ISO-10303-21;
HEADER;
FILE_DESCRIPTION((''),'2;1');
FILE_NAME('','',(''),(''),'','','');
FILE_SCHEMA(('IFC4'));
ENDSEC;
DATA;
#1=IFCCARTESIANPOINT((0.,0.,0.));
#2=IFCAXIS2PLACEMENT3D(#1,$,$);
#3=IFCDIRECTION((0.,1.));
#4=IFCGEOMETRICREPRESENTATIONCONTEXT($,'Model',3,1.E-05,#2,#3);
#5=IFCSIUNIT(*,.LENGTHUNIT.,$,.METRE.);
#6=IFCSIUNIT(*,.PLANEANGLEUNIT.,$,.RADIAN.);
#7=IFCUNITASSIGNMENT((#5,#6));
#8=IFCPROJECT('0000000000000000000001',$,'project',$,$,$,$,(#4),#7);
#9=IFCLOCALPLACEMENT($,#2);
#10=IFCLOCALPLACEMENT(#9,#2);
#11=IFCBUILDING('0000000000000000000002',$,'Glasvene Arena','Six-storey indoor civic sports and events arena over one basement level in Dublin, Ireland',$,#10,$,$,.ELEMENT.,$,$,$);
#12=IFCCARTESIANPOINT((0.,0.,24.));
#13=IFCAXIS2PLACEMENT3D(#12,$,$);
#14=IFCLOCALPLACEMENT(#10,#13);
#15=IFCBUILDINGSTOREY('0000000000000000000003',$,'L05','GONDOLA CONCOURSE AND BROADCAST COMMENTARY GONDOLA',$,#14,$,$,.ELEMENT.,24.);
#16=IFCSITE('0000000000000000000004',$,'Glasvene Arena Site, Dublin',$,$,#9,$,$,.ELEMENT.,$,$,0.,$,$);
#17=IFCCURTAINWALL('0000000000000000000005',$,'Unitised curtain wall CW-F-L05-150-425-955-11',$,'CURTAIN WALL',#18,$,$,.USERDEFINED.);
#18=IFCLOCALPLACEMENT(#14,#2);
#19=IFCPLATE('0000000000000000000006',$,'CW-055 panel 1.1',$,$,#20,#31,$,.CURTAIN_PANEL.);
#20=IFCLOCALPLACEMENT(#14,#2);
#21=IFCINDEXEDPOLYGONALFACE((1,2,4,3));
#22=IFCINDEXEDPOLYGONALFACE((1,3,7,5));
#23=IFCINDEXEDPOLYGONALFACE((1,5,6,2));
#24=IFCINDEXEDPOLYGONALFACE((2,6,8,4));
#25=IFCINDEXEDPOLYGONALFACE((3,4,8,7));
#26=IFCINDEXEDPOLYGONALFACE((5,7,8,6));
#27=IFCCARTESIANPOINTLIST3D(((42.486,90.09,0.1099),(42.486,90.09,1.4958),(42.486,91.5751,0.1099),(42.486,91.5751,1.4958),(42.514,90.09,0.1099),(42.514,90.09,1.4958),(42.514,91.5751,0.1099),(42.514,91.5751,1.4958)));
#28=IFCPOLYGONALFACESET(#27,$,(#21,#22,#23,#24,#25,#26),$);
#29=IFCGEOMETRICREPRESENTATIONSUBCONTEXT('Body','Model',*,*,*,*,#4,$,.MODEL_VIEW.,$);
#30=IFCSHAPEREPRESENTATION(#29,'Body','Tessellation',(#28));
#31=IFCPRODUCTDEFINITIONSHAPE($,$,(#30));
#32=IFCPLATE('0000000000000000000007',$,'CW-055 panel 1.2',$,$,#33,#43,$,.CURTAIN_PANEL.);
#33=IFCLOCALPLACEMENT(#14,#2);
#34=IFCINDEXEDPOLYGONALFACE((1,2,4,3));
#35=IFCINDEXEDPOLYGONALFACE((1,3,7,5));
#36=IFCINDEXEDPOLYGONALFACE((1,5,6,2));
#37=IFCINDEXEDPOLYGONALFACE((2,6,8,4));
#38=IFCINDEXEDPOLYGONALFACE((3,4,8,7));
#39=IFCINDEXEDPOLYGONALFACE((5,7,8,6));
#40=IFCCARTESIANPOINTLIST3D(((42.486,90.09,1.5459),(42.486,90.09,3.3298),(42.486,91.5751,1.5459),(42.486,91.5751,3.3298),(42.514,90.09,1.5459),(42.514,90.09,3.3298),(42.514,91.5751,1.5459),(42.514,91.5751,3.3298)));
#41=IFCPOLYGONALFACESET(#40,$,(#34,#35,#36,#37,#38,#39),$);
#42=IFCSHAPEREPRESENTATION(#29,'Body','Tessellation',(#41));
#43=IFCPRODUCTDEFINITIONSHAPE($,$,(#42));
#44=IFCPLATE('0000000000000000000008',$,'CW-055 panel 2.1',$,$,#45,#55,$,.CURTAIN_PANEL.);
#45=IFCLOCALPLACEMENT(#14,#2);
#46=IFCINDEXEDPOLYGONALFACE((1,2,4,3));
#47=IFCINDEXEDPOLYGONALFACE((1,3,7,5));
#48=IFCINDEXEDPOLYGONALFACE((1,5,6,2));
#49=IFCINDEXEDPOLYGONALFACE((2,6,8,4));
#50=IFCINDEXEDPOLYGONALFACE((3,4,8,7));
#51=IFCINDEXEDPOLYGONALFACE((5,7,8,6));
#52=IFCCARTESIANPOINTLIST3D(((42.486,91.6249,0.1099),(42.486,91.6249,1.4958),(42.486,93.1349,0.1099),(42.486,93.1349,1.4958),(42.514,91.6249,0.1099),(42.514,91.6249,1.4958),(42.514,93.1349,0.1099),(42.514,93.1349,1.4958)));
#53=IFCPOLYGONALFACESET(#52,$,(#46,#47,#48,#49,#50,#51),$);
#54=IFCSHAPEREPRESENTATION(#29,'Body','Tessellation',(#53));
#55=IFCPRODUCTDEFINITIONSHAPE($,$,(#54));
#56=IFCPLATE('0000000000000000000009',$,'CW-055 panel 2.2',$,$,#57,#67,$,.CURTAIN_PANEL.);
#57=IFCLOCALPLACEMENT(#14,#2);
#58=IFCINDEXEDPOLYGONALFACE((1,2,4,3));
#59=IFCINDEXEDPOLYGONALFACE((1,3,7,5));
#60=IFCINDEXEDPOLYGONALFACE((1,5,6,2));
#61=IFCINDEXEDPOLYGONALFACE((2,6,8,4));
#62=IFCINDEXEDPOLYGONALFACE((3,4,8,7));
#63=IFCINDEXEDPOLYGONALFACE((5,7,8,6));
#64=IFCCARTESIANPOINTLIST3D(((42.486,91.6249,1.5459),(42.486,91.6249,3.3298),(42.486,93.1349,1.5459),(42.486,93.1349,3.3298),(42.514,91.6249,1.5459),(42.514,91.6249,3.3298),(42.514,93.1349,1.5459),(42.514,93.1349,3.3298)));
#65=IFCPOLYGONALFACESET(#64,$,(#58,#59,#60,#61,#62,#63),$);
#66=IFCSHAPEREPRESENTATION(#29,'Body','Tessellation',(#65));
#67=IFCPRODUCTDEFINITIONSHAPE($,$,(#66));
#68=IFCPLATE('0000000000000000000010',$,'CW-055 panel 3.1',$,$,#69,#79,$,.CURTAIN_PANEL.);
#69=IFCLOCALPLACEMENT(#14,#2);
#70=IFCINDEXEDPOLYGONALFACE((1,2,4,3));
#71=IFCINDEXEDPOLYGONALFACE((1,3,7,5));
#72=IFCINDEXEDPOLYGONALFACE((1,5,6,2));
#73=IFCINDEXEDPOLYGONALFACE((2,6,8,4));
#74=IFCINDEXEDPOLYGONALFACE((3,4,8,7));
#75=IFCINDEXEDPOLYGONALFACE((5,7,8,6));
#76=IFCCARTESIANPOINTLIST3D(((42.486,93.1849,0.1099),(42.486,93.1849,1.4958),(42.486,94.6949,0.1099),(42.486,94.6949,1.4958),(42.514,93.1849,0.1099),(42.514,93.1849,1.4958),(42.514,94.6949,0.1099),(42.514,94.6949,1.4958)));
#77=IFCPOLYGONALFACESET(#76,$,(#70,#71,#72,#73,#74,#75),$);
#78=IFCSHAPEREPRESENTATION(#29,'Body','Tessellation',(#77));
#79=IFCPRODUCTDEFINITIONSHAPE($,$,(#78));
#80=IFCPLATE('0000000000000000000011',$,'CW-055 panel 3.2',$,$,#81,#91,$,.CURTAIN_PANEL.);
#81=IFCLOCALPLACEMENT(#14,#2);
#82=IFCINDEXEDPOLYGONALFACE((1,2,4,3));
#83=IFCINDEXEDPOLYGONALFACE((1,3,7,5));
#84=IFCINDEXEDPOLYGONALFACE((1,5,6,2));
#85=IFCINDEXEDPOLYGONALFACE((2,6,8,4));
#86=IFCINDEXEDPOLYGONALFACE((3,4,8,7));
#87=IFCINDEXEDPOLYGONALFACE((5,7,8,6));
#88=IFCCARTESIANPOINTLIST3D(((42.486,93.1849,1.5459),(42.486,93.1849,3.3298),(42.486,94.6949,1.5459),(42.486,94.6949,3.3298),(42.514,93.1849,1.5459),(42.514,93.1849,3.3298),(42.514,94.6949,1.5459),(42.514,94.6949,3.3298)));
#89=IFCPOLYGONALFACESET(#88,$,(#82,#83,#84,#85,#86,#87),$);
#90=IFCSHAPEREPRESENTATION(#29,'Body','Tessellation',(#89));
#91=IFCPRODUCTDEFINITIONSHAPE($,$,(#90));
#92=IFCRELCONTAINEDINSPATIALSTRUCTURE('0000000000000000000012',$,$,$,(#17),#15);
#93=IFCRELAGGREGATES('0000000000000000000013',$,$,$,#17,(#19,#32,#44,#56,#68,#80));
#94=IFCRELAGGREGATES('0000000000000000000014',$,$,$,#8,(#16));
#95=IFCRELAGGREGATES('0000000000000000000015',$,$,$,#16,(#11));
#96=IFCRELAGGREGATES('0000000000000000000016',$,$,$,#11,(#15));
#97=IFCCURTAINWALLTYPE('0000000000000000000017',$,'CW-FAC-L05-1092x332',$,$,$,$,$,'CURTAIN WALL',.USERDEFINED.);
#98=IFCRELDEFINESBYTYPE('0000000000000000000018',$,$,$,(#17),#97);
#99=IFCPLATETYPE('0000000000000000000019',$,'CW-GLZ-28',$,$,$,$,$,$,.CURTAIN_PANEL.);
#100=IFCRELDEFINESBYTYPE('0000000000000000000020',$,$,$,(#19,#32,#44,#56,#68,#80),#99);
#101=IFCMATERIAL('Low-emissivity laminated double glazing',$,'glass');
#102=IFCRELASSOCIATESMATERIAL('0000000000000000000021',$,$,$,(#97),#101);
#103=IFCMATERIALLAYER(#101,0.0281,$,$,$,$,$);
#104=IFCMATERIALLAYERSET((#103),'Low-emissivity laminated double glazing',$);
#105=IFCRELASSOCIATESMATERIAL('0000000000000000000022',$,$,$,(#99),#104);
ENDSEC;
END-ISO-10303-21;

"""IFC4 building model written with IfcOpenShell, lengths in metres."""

from ifc_helpers import new_model, si_unit, direction, frame, origin, origin_2d, place, context, subcontext, project, spatial, rectangle, extrude, material, layer, layer_set, type_object, element, aggregate, save


model = new_model("IFC4")

# Units and contexts
model_context = context("Model", 3, precision=1e-05, world=origin(), true_north=direction((0.0, 1.0)))
body_context = subcontext(model_context, "Body", "Model", "MODEL_VIEW")
ifc_project = project(units=[si_unit("LENGTHUNIT", "METRE"), si_unit("PLANEANGLEUNIT", "RADIAN")], contexts=[model_context])

# Site, building, storey
site_placement = place(None, origin())
site = spatial("IfcSite", under=ifc_project, at=site_placement, Name="Glasvene Arena Site, Dublin", CompositionType="ELEMENT", RefElevation=0.0)
building_placement = place(site_placement, origin())
building = spatial("IfcBuilding", under=site, at=building_placement, Name="Glasvene Arena", Description="Six-storey indoor civic sports and events arena over one basement level in Dublin, Ireland", CompositionType="ELEMENT")
storey_placement = place(building_placement, frame((0.0, 0.0, 24.0)))
storey = spatial("IfcBuildingStorey", under=building, at=storey_placement, Name="L05", Description="GONDOLA CONCOURSE AND BROADCAST COMMENTARY GONDOLA", CompositionType="ELEMENT", Elevation=24.0)

# Curtain wall, plates
ifc_material_1 = material(Name="Low-emissivity laminated double glazing", Category="glass")
curtain_wall_type = type_object("IfcCurtainWallType", Name="CW-FAC-L05-1092x332", ElementType="CURTAIN WALL", PredefinedType="USERDEFINED", material=ifc_material_1)
curtain_wall_placement = place(storey_placement, frame((42.5, 90.04, 0.0)))
curtain_wall = element("IfcCurtainWall", 1, at=curtain_wall_placement, inside=storey, type_object=curtain_wall_type, Name="Unitised curtain wall CW-F-L05-150-425-955-11", ObjectType="CURTAIN WALL", PredefinedType="USERDEFINED")
ifc_layer_1 = layer(ifc_material_1, 0.0281)
ifc_layer_set_1 = layer_set([ifc_layer_1], Name="Low-emissivity laminated double glazing")
plate_type = type_object("IfcPlateType", Name="CW-GLZ-28", PredefinedType="CURTAIN_PANEL", material=ifc_layer_set_1)
plate_1_placement = place(storey_placement, frame((42.5, 90.8325, 0.1099), z_axis=(0.0, 0.0, 1.0), x_axis=(0.0, 1.0, 0.0)))
plate_1 = element("IfcPlate", 2, at=plate_1_placement, type_object=plate_type, Name="CW-055 panel 1.1", PredefinedType="CURTAIN_PANEL", context=body_context, shape_type="SweptSolid", body=[
    extrude(rectangle(XDim=1.4851, YDim=0.0281, at=origin_2d()), origin(), (0.0, 0.0, 1.0), 1.386),
])
plate_2_placement = place(storey_placement, frame((42.5, 90.8325, 1.5459), z_axis=(0.0, 0.0, 1.0), x_axis=(0.0, 1.0, 0.0)))
plate_2 = element("IfcPlate", 3, at=plate_2_placement, type_object=plate_type, Name="CW-055 panel 1.2", PredefinedType="CURTAIN_PANEL", context=body_context, shape_type="SweptSolid", body=[
    extrude(rectangle(XDim=1.4851, YDim=0.0281, at=origin_2d()), origin(), (0.0, 0.0, 1.0), 1.7839),
])
plate_3_placement = place(storey_placement, frame((42.5, 92.3799, 0.1099), z_axis=(0.0, 0.0, 1.0), x_axis=(0.0, 1.0, 0.0)))
plate_3 = element("IfcPlate", 4, at=plate_3_placement, type_object=plate_type, Name="CW-055 panel 2.1", PredefinedType="CURTAIN_PANEL", context=body_context, shape_type="SweptSolid", body=[
    extrude(rectangle(XDim=1.51, YDim=0.0281, at=origin_2d()), origin(), (0.0, 0.0, 1.0), 1.386),
])
plate_4_placement = place(storey_placement, frame((42.5, 92.3799, 1.5459), z_axis=(0.0, 0.0, 1.0), x_axis=(0.0, 1.0, 0.0)))
plate_4 = element("IfcPlate", 5, at=plate_4_placement, type_object=plate_type, Name="CW-055 panel 2.2", PredefinedType="CURTAIN_PANEL", context=body_context, shape_type="SweptSolid", body=[
    extrude(rectangle(XDim=1.51, YDim=0.0281, at=origin_2d()), origin(), (0.0, 0.0, 1.0), 1.7839),
])
plate_5_placement = place(storey_placement, frame((42.5, 93.9399, 0.1099), z_axis=(0.0, 0.0, 1.0), x_axis=(0.0, 1.0, 0.0)))
plate_5 = element("IfcPlate", 6, at=plate_5_placement, type_object=plate_type, Name="CW-055 panel 3.1", PredefinedType="CURTAIN_PANEL", context=body_context, shape_type="SweptSolid", body=[
    extrude(rectangle(XDim=1.51, YDim=0.0281, at=origin_2d()), origin(), (0.0, 0.0, 1.0), 1.386),
])
plate_6_placement = place(storey_placement, frame((42.5, 93.9399, 1.5459), z_axis=(0.0, 0.0, 1.0), x_axis=(0.0, 1.0, 0.0)))
plate_6 = element("IfcPlate", 7, at=plate_6_placement, type_object=plate_type, Name="CW-055 panel 3.2", PredefinedType="CURTAIN_PANEL", context=body_context, shape_type="SweptSolid", body=[
    extrude(rectangle(XDim=1.51, YDim=0.0281, at=origin_2d()), origin(), (0.0, 0.0, 1.0), 1.7839),
])
aggregate(curtain_wall, [plate_1, plate_2, plate_3, plate_4, plate_5, plate_6])

save(model, "model.ifc")
